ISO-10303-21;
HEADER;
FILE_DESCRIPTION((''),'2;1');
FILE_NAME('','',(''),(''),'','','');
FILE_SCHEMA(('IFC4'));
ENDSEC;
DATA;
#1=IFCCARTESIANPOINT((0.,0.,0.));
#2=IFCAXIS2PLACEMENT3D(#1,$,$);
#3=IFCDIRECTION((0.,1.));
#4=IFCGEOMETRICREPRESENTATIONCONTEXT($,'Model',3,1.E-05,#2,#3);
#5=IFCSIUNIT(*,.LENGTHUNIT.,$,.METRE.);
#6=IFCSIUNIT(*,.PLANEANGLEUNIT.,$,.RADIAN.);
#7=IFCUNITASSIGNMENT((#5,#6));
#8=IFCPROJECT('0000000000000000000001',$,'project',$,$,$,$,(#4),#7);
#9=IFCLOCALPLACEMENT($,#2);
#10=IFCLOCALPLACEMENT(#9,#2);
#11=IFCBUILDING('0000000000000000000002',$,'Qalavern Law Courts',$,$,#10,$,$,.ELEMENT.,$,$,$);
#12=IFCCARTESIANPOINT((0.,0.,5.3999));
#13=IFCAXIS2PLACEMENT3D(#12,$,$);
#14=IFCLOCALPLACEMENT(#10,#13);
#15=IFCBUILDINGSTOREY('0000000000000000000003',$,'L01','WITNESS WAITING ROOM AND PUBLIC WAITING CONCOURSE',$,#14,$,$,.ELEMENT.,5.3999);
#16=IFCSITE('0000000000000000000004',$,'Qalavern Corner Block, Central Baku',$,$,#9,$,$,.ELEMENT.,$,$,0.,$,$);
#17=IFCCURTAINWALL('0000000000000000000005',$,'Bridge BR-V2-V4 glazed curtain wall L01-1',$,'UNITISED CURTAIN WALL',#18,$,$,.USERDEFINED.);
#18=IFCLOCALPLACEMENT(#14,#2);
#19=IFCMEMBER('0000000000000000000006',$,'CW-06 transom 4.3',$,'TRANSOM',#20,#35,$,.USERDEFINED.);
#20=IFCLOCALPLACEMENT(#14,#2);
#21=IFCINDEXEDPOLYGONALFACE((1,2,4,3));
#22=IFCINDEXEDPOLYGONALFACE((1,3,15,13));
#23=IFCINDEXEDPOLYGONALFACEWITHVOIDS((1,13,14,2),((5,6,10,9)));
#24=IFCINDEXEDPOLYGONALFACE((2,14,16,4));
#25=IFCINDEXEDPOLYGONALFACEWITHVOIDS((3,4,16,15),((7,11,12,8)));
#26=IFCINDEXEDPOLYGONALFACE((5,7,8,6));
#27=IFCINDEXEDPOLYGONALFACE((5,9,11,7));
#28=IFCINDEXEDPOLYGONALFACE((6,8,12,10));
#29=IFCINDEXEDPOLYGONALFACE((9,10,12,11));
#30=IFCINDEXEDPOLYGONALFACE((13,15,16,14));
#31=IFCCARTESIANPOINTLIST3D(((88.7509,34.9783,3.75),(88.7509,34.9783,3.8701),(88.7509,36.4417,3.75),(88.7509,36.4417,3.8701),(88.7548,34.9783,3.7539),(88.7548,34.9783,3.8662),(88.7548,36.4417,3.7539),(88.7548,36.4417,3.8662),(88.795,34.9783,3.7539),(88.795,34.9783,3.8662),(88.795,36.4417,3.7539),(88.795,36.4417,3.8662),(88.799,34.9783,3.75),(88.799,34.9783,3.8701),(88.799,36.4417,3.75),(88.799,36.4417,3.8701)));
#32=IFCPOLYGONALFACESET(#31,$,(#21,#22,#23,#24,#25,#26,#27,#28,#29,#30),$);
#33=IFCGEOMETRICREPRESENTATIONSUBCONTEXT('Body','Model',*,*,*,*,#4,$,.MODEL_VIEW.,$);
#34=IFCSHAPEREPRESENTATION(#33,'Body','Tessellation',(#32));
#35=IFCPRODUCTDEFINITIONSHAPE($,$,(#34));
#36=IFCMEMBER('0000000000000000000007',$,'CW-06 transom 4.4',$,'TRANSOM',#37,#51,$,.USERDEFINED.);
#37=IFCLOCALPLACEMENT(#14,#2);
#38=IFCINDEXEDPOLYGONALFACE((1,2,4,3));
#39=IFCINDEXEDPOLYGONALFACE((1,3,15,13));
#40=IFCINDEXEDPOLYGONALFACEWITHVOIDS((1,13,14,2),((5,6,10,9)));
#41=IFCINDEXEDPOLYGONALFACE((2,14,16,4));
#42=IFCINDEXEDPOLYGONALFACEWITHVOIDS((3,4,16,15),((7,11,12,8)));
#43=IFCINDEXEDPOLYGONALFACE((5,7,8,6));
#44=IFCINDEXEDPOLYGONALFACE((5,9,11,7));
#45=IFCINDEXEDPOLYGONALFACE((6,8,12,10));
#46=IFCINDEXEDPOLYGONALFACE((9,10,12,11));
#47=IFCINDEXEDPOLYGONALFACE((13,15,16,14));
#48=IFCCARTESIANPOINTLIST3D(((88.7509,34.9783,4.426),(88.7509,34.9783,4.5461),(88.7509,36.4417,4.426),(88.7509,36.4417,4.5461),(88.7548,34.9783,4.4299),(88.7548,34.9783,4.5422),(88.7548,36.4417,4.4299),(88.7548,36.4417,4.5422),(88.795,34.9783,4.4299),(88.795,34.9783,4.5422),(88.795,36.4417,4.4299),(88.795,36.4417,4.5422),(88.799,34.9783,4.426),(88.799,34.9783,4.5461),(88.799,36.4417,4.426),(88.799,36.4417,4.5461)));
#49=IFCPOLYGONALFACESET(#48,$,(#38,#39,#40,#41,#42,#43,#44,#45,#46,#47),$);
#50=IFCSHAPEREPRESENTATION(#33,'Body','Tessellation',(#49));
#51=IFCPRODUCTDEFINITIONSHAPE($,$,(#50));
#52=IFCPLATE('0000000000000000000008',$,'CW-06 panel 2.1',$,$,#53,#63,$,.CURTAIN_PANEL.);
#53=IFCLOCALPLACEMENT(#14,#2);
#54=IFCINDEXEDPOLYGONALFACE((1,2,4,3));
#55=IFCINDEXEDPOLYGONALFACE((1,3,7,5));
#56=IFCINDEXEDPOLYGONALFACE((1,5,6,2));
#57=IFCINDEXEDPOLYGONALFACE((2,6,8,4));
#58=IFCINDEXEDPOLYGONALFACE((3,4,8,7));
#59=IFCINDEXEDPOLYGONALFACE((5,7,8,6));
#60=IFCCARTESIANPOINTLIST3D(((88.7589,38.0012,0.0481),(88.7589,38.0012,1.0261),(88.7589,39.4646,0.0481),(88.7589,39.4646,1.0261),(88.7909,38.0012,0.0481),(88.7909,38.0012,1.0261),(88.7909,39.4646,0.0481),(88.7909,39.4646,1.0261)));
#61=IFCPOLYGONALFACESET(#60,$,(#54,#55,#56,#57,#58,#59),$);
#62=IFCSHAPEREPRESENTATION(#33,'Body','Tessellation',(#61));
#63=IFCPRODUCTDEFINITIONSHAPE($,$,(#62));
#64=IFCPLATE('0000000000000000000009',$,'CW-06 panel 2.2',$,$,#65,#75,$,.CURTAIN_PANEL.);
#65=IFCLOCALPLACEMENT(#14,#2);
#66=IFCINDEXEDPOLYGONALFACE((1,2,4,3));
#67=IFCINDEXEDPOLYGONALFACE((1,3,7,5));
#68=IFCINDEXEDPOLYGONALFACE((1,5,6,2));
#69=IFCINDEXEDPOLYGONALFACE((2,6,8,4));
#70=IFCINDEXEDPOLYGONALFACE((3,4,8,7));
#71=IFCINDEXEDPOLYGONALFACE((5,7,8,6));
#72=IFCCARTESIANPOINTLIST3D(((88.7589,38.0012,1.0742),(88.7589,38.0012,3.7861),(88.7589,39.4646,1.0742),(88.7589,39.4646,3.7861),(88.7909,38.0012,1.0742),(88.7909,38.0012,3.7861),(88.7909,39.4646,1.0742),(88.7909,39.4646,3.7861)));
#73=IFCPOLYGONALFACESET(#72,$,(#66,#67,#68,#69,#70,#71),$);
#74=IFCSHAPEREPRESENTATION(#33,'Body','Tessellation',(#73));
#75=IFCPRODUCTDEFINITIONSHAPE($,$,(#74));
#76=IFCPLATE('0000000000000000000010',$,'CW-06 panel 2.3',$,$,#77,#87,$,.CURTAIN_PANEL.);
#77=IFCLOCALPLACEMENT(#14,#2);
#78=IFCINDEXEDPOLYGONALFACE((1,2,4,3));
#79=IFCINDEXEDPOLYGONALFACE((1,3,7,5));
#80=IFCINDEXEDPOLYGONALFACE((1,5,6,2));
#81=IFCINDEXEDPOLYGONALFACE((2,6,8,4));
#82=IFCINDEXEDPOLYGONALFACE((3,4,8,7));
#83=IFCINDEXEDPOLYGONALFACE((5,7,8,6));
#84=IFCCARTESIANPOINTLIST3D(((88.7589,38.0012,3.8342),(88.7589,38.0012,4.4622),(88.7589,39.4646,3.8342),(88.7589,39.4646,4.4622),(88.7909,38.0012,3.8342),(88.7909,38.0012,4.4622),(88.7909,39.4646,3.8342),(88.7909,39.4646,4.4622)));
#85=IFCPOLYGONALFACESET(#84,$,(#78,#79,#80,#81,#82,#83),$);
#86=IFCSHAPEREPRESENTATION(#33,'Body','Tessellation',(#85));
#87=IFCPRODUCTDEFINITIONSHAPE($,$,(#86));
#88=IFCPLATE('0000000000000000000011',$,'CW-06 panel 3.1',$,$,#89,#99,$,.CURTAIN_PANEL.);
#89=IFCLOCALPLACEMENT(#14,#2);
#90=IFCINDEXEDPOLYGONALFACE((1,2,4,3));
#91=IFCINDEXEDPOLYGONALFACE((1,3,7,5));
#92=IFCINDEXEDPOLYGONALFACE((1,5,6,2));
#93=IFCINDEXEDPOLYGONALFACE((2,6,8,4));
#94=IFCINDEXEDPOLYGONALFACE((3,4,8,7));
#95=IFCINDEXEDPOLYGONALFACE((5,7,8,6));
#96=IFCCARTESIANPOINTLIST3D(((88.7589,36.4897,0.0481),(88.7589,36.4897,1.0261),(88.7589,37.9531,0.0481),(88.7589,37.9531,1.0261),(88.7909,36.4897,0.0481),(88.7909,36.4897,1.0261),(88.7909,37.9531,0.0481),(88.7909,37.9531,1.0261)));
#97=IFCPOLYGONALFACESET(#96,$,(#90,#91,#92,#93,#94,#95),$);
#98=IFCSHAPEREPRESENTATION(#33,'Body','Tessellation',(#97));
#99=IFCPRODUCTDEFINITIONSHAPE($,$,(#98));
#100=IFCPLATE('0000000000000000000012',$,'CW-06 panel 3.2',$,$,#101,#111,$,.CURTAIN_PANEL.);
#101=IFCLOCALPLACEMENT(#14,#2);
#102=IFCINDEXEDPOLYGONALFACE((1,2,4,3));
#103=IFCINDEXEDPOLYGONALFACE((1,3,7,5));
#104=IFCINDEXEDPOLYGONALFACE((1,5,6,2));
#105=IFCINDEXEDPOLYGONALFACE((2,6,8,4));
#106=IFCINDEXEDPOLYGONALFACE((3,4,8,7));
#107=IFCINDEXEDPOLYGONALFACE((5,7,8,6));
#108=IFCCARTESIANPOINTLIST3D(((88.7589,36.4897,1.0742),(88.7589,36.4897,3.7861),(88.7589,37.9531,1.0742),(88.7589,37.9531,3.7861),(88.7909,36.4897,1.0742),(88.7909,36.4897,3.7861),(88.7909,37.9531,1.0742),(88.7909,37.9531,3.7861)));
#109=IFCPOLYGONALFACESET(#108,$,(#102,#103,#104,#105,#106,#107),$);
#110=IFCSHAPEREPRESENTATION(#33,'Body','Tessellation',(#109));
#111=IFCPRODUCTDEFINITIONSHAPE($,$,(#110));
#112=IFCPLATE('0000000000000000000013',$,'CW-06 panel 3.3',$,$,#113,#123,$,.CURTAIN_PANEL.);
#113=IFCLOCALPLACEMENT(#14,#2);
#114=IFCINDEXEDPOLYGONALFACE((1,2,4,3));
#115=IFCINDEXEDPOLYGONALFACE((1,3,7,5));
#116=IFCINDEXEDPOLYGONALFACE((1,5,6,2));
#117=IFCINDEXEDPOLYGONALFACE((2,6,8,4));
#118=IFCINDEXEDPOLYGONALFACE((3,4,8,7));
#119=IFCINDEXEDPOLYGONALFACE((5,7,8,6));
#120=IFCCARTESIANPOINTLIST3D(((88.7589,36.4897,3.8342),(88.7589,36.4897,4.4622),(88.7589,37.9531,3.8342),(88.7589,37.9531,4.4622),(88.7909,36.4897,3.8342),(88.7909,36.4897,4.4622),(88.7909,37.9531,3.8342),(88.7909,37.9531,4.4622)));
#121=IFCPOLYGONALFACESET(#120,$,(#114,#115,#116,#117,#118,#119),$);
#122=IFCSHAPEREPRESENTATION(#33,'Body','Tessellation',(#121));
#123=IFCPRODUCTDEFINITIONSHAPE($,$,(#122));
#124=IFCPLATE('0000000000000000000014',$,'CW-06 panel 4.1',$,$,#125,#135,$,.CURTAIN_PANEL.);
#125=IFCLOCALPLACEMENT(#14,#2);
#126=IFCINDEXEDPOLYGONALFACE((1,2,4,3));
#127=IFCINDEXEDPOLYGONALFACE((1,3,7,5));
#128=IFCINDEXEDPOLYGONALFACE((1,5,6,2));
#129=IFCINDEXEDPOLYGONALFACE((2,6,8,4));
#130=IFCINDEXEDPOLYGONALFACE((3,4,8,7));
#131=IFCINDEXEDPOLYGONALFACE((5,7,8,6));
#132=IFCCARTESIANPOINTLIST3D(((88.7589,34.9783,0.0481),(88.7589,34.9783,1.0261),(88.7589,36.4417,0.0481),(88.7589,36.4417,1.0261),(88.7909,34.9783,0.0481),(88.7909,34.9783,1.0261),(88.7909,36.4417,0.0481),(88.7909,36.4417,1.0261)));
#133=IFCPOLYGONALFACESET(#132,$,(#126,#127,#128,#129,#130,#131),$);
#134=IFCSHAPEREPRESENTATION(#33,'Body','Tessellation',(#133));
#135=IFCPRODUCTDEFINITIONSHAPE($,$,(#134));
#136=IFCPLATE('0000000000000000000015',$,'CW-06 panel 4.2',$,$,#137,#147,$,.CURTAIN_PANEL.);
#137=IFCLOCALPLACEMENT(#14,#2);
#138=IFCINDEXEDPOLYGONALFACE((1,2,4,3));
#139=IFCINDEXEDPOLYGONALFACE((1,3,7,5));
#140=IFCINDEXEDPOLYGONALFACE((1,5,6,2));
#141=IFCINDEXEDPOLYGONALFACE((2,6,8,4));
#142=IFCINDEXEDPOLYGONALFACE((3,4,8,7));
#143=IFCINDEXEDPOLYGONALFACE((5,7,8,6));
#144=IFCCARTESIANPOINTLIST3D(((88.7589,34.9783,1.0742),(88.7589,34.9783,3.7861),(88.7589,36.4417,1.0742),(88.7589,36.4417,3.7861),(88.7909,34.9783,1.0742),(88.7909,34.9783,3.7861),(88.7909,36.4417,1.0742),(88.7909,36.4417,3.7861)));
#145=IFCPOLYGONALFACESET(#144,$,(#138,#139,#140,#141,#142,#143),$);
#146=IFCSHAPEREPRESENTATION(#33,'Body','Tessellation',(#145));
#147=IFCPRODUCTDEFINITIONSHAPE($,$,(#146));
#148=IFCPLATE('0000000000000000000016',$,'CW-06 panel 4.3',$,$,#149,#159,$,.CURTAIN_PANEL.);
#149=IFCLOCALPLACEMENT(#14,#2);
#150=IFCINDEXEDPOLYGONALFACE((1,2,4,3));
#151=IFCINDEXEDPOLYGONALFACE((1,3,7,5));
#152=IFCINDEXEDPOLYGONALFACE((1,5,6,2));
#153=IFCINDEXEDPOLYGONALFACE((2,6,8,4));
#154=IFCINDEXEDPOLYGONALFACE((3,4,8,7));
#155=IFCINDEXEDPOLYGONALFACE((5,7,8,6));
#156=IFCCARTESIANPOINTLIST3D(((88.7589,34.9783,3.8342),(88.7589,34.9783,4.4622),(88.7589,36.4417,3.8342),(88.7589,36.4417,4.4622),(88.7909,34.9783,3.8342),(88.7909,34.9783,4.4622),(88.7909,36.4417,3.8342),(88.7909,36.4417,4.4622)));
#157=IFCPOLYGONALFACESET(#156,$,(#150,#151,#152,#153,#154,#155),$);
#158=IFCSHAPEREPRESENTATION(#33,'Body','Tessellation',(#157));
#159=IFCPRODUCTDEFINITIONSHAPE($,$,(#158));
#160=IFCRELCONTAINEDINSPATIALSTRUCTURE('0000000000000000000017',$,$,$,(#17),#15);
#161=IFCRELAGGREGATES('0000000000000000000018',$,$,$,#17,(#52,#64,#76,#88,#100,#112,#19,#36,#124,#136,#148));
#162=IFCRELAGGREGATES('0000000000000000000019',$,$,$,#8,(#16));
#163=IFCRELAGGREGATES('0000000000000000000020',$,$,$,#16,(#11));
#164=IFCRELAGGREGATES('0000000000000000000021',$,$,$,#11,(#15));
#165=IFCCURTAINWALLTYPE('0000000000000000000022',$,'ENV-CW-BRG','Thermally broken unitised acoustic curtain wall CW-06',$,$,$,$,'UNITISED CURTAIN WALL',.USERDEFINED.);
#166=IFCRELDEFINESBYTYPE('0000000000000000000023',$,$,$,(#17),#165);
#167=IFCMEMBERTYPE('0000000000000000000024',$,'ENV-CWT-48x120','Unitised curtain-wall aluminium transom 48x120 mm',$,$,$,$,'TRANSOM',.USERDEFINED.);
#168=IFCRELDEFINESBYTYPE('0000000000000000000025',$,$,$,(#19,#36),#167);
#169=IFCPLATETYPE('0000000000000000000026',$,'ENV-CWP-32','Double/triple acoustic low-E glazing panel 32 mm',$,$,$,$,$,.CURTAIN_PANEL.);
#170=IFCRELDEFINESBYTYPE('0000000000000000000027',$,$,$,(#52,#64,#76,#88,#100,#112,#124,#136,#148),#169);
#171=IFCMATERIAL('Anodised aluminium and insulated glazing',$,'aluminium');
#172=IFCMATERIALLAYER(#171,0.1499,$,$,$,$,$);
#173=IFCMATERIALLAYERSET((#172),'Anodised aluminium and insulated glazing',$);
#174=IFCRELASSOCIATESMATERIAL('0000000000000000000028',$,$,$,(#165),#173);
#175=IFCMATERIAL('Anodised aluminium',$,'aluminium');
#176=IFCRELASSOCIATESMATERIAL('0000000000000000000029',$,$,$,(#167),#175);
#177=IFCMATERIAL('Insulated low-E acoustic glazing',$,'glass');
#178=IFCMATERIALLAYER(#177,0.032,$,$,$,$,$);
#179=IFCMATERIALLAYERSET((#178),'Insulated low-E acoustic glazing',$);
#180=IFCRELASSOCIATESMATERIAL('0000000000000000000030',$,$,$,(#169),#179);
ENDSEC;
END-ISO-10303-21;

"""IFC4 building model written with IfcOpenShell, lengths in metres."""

from ifc_helpers import new_model, si_unit, direction, frame, origin, origin_2d, place, context, subcontext, project, spatial, rectangle, hollow_rectangle, extrude, material, layer, layer_set, material_profile, profile_set, type_object, element, aggregate, save


model = new_model("IFC4")

# Units and contexts
model_context = context("Model", 3, precision=1e-05, world=origin(), true_north=direction((0.0, 1.0)))
body_context = subcontext(model_context, "Body", "Model", "MODEL_VIEW")
ifc_project = project(units=[si_unit("LENGTHUNIT", "METRE"), si_unit("PLANEANGLEUNIT", "RADIAN")], contexts=[model_context])

# Site, building, storey
site_placement = place(None, origin())
site = spatial("IfcSite", under=ifc_project, at=site_placement, Name="Qalavern Corner Block, Central Baku", CompositionType="ELEMENT", RefElevation=0.0)
building_placement = place(site_placement, origin())
building = spatial("IfcBuilding", under=site, at=building_placement, Name="Qalavern Law Courts", CompositionType="ELEMENT")
storey_placement = place(building_placement, frame((0.0, 0.0, 5.3999)))
storey = spatial("IfcBuildingStorey", under=building, at=storey_placement, Name="L01", Description="WITNESS WAITING ROOM AND PUBLIC WAITING CONCOURSE", CompositionType="ELEMENT", Elevation=5.3999)

# Curtain wall, members, plates
ifc_material_1 = material(Name="Anodised aluminium and insulated glazing", Category="aluminium")
ifc_layer_1 = layer(ifc_material_1, 0.1499)
ifc_layer_set_1 = layer_set([ifc_layer_1], Name="Anodised aluminium and insulated glazing")
curtain_wall_type = type_object("IfcCurtainWallType", Name="ENV-CW-BRG", Description="Thermally broken unitised acoustic curtain wall CW-06", ElementType="UNITISED CURTAIN WALL", PredefinedType="USERDEFINED", material=ifc_layer_set_1)
curtain_wall_placement = place(storey_placement, origin())
curtain_wall = element("IfcCurtainWall", 1, at=curtain_wall_placement, inside=storey, type_object=curtain_wall_type, Name="Bridge BR-V2-V4 glazed curtain wall L01-1", ObjectType="UNITISED CURTAIN WALL", PredefinedType="USERDEFINED")
ifc_material_2 = material(Name="Anodised aluminium", Category="aluminium")
ifc_material_profile_1 = material_profile(ifc_material_2, hollow_rectangle(XDim=0.0481, YDim=0.1201, WallThickness=0.0039, at=origin_2d()), Name="ALU TRANSOM 48x120")
ifc_profile_set_1 = profile_set([ifc_material_profile_1], Name="Anodised aluminium")
member_type_1 = type_object("IfcMemberType", Name="ENV-CWT-48x120", Description="Unitised curtain-wall aluminium transom 48x120 mm", ElementType="TRANSOM", PredefinedType="USERDEFINED", material=ifc_profile_set_1)
member_1_placement = place(storey_placement, frame((88.7749, 36.4417, 3.8101), z_axis=(0.0, -1.0, 0.0), x_axis=(1.0, 0.0, 0.0)))
member_1 = element("IfcMember", 2, at=member_1_placement, type_object=member_type_1, Name="CW-06 transom 4.3", ObjectType="TRANSOM", PredefinedType="USERDEFINED", context=body_context, shape_type="SweptSolid", body=[
    extrude(hollow_rectangle(XDim=0.0481, YDim=0.1201, WallThickness=0.0039, at=origin_2d()), origin(), (0.0, 0.0, 1.0), 1.4634),
])
member_2_placement = place(storey_placement, frame((88.7749, 36.4417, 4.4861), z_axis=(0.0, -1.0, 0.0), x_axis=(1.0, 0.0, 0.0)))
member_2 = element("IfcMember", 3, at=member_2_placement, type_object=member_type_1, Name="CW-06 transom 4.4", ObjectType="TRANSOM", PredefinedType="USERDEFINED", context=body_context, shape_type="SweptSolid", body=[
    extrude(hollow_rectangle(XDim=0.0481, YDim=0.1201, WallThickness=0.0039, at=origin_2d()), origin(), (0.0, 0.0, 1.0), 1.4634),
])
ifc_material_3 = material(Name="Insulated low-E acoustic glazing", Category="glass")
ifc_layer_2 = layer(ifc_material_3, 0.032)
ifc_layer_set_2 = layer_set([ifc_layer_2], Name="Insulated low-E acoustic glazing")
plate_type = type_object("IfcPlateType", Name="ENV-CWP-32", Description="Double/triple acoustic low-E glazing panel 32 mm", PredefinedType="CURTAIN_PANEL", material=ifc_layer_set_2)
plate_1_placement = place(storey_placement, frame((88.7749, 38.7329, 0.0481), z_axis=(0.0, 0.0, 1.0), x_axis=(0.0, -1.0, 0.0)))
plate_1 = element("IfcPlate", 4, at=plate_1_placement, type_object=plate_type, Name="CW-06 panel 2.1", PredefinedType="CURTAIN_PANEL", context=body_context, shape_type="SweptSolid", body=[
    extrude(rectangle(XDim=1.4634, YDim=0.032, at=origin_2d()), origin(), (0.0, 0.0, 1.0), 0.978),
])
plate_2_placement = place(storey_placement, frame((88.7749, 38.7329, 1.0742), z_axis=(0.0, 0.0, 1.0), x_axis=(0.0, -1.0, 0.0)))
plate_2 = element("IfcPlate", 5, at=plate_2_placement, type_object=plate_type, Name="CW-06 panel 2.2", PredefinedType="CURTAIN_PANEL", context=body_context, shape_type="SweptSolid", body=[
    extrude(rectangle(XDim=1.4634, YDim=0.032, at=origin_2d()), origin(), (0.0, 0.0, 1.0), 2.7119),
])
plate_3_placement = place(storey_placement, frame((88.7749, 38.7329, 3.8342), z_axis=(0.0, 0.0, 1.0), x_axis=(0.0, -1.0, 0.0)))
plate_3 = element("IfcPlate", 6, at=plate_3_placement, type_object=plate_type, Name="CW-06 panel 2.3", PredefinedType="CURTAIN_PANEL", context=body_context, shape_type="SweptSolid", body=[
    extrude(rectangle(XDim=1.4634, YDim=0.032, at=origin_2d()), origin(), (0.0, 0.0, 1.0), 0.6279),
])
plate_4_placement = place(storey_placement, frame((88.7749, 37.2214, 0.0481), z_axis=(0.0, 0.0, 1.0), x_axis=(0.0, -1.0, 0.0)))
plate_4 = element("IfcPlate", 7, at=plate_4_placement, type_object=plate_type, Name="CW-06 panel 3.1", PredefinedType="CURTAIN_PANEL", context=body_context, shape_type="SweptSolid", body=[
    extrude(rectangle(XDim=1.4634, YDim=0.032, at=origin_2d()), origin(), (0.0, 0.0, 1.0), 0.978),
])
plate_5_placement = place(storey_placement, frame((88.7749, 37.2214, 1.0742), z_axis=(0.0, 0.0, 1.0), x_axis=(0.0, -1.0, 0.0)))
plate_5 = element("IfcPlate", 8, at=plate_5_placement, type_object=plate_type, Name="CW-06 panel 3.2", PredefinedType="CURTAIN_PANEL", context=body_context, shape_type="SweptSolid", body=[
    extrude(rectangle(XDim=1.4634, YDim=0.032, at=origin_2d()), origin(), (0.0, 0.0, 1.0), 2.7119),
])
plate_6_placement = place(storey_placement, frame((88.7749, 37.2214, 3.8342), z_axis=(0.0, 0.0, 1.0), x_axis=(0.0, -1.0, 0.0)))
plate_6 = element("IfcPlate", 9, at=plate_6_placement, type_object=plate_type, Name="CW-06 panel 3.3", PredefinedType="CURTAIN_PANEL", context=body_context, shape_type="SweptSolid", body=[
    extrude(rectangle(XDim=1.4634, YDim=0.032, at=origin_2d()), origin(), (0.0, 0.0, 1.0), 0.6279),
])
plate_7_placement = place(storey_placement, frame((88.7749, 35.71, 0.0481), z_axis=(0.0, 0.0, 1.0), x_axis=(0.0, -1.0, 0.0)))
plate_7 = element("IfcPlate", 10, at=plate_7_placement, type_object=plate_type, Name="CW-06 panel 4.1", PredefinedType="CURTAIN_PANEL", context=body_context, shape_type="SweptSolid", body=[
    extrude(rectangle(XDim=1.4634, YDim=0.032, at=origin_2d()), origin(), (0.0, 0.0, 1.0), 0.978),
])
plate_8_placement = place(storey_placement, frame((88.7749, 35.71, 1.0742), z_axis=(0.0, 0.0, 1.0), x_axis=(0.0, -1.0, 0.0)))
plate_8 = element("IfcPlate", 11, at=plate_8_placement, type_object=plate_type, Name="CW-06 panel 4.2", PredefinedType="CURTAIN_PANEL", context=body_context, shape_type="SweptSolid", body=[
    extrude(rectangle(XDim=1.4634, YDim=0.032, at=origin_2d()), origin(), (0.0, 0.0, 1.0), 2.7119),
])
plate_9_placement = place(storey_placement, frame((88.7749, 35.71, 3.8342), z_axis=(0.0, 0.0, 1.0), x_axis=(0.0, -1.0, 0.0)))
plate_9 = element("IfcPlate", 12, at=plate_9_placement, type_object=plate_type, Name="CW-06 panel 4.3", PredefinedType="CURTAIN_PANEL", context=body_context, shape_type="SweptSolid", body=[
    extrude(rectangle(XDim=1.4634, YDim=0.032, at=origin_2d()), origin(), (0.0, 0.0, 1.0), 0.6279),
])
aggregate(curtain_wall, [plate_1, plate_2, plate_3, plate_4, plate_5, plate_6, member_1, member_2, plate_7, plate_8, plate_9])

save(model, "model.ifc")
